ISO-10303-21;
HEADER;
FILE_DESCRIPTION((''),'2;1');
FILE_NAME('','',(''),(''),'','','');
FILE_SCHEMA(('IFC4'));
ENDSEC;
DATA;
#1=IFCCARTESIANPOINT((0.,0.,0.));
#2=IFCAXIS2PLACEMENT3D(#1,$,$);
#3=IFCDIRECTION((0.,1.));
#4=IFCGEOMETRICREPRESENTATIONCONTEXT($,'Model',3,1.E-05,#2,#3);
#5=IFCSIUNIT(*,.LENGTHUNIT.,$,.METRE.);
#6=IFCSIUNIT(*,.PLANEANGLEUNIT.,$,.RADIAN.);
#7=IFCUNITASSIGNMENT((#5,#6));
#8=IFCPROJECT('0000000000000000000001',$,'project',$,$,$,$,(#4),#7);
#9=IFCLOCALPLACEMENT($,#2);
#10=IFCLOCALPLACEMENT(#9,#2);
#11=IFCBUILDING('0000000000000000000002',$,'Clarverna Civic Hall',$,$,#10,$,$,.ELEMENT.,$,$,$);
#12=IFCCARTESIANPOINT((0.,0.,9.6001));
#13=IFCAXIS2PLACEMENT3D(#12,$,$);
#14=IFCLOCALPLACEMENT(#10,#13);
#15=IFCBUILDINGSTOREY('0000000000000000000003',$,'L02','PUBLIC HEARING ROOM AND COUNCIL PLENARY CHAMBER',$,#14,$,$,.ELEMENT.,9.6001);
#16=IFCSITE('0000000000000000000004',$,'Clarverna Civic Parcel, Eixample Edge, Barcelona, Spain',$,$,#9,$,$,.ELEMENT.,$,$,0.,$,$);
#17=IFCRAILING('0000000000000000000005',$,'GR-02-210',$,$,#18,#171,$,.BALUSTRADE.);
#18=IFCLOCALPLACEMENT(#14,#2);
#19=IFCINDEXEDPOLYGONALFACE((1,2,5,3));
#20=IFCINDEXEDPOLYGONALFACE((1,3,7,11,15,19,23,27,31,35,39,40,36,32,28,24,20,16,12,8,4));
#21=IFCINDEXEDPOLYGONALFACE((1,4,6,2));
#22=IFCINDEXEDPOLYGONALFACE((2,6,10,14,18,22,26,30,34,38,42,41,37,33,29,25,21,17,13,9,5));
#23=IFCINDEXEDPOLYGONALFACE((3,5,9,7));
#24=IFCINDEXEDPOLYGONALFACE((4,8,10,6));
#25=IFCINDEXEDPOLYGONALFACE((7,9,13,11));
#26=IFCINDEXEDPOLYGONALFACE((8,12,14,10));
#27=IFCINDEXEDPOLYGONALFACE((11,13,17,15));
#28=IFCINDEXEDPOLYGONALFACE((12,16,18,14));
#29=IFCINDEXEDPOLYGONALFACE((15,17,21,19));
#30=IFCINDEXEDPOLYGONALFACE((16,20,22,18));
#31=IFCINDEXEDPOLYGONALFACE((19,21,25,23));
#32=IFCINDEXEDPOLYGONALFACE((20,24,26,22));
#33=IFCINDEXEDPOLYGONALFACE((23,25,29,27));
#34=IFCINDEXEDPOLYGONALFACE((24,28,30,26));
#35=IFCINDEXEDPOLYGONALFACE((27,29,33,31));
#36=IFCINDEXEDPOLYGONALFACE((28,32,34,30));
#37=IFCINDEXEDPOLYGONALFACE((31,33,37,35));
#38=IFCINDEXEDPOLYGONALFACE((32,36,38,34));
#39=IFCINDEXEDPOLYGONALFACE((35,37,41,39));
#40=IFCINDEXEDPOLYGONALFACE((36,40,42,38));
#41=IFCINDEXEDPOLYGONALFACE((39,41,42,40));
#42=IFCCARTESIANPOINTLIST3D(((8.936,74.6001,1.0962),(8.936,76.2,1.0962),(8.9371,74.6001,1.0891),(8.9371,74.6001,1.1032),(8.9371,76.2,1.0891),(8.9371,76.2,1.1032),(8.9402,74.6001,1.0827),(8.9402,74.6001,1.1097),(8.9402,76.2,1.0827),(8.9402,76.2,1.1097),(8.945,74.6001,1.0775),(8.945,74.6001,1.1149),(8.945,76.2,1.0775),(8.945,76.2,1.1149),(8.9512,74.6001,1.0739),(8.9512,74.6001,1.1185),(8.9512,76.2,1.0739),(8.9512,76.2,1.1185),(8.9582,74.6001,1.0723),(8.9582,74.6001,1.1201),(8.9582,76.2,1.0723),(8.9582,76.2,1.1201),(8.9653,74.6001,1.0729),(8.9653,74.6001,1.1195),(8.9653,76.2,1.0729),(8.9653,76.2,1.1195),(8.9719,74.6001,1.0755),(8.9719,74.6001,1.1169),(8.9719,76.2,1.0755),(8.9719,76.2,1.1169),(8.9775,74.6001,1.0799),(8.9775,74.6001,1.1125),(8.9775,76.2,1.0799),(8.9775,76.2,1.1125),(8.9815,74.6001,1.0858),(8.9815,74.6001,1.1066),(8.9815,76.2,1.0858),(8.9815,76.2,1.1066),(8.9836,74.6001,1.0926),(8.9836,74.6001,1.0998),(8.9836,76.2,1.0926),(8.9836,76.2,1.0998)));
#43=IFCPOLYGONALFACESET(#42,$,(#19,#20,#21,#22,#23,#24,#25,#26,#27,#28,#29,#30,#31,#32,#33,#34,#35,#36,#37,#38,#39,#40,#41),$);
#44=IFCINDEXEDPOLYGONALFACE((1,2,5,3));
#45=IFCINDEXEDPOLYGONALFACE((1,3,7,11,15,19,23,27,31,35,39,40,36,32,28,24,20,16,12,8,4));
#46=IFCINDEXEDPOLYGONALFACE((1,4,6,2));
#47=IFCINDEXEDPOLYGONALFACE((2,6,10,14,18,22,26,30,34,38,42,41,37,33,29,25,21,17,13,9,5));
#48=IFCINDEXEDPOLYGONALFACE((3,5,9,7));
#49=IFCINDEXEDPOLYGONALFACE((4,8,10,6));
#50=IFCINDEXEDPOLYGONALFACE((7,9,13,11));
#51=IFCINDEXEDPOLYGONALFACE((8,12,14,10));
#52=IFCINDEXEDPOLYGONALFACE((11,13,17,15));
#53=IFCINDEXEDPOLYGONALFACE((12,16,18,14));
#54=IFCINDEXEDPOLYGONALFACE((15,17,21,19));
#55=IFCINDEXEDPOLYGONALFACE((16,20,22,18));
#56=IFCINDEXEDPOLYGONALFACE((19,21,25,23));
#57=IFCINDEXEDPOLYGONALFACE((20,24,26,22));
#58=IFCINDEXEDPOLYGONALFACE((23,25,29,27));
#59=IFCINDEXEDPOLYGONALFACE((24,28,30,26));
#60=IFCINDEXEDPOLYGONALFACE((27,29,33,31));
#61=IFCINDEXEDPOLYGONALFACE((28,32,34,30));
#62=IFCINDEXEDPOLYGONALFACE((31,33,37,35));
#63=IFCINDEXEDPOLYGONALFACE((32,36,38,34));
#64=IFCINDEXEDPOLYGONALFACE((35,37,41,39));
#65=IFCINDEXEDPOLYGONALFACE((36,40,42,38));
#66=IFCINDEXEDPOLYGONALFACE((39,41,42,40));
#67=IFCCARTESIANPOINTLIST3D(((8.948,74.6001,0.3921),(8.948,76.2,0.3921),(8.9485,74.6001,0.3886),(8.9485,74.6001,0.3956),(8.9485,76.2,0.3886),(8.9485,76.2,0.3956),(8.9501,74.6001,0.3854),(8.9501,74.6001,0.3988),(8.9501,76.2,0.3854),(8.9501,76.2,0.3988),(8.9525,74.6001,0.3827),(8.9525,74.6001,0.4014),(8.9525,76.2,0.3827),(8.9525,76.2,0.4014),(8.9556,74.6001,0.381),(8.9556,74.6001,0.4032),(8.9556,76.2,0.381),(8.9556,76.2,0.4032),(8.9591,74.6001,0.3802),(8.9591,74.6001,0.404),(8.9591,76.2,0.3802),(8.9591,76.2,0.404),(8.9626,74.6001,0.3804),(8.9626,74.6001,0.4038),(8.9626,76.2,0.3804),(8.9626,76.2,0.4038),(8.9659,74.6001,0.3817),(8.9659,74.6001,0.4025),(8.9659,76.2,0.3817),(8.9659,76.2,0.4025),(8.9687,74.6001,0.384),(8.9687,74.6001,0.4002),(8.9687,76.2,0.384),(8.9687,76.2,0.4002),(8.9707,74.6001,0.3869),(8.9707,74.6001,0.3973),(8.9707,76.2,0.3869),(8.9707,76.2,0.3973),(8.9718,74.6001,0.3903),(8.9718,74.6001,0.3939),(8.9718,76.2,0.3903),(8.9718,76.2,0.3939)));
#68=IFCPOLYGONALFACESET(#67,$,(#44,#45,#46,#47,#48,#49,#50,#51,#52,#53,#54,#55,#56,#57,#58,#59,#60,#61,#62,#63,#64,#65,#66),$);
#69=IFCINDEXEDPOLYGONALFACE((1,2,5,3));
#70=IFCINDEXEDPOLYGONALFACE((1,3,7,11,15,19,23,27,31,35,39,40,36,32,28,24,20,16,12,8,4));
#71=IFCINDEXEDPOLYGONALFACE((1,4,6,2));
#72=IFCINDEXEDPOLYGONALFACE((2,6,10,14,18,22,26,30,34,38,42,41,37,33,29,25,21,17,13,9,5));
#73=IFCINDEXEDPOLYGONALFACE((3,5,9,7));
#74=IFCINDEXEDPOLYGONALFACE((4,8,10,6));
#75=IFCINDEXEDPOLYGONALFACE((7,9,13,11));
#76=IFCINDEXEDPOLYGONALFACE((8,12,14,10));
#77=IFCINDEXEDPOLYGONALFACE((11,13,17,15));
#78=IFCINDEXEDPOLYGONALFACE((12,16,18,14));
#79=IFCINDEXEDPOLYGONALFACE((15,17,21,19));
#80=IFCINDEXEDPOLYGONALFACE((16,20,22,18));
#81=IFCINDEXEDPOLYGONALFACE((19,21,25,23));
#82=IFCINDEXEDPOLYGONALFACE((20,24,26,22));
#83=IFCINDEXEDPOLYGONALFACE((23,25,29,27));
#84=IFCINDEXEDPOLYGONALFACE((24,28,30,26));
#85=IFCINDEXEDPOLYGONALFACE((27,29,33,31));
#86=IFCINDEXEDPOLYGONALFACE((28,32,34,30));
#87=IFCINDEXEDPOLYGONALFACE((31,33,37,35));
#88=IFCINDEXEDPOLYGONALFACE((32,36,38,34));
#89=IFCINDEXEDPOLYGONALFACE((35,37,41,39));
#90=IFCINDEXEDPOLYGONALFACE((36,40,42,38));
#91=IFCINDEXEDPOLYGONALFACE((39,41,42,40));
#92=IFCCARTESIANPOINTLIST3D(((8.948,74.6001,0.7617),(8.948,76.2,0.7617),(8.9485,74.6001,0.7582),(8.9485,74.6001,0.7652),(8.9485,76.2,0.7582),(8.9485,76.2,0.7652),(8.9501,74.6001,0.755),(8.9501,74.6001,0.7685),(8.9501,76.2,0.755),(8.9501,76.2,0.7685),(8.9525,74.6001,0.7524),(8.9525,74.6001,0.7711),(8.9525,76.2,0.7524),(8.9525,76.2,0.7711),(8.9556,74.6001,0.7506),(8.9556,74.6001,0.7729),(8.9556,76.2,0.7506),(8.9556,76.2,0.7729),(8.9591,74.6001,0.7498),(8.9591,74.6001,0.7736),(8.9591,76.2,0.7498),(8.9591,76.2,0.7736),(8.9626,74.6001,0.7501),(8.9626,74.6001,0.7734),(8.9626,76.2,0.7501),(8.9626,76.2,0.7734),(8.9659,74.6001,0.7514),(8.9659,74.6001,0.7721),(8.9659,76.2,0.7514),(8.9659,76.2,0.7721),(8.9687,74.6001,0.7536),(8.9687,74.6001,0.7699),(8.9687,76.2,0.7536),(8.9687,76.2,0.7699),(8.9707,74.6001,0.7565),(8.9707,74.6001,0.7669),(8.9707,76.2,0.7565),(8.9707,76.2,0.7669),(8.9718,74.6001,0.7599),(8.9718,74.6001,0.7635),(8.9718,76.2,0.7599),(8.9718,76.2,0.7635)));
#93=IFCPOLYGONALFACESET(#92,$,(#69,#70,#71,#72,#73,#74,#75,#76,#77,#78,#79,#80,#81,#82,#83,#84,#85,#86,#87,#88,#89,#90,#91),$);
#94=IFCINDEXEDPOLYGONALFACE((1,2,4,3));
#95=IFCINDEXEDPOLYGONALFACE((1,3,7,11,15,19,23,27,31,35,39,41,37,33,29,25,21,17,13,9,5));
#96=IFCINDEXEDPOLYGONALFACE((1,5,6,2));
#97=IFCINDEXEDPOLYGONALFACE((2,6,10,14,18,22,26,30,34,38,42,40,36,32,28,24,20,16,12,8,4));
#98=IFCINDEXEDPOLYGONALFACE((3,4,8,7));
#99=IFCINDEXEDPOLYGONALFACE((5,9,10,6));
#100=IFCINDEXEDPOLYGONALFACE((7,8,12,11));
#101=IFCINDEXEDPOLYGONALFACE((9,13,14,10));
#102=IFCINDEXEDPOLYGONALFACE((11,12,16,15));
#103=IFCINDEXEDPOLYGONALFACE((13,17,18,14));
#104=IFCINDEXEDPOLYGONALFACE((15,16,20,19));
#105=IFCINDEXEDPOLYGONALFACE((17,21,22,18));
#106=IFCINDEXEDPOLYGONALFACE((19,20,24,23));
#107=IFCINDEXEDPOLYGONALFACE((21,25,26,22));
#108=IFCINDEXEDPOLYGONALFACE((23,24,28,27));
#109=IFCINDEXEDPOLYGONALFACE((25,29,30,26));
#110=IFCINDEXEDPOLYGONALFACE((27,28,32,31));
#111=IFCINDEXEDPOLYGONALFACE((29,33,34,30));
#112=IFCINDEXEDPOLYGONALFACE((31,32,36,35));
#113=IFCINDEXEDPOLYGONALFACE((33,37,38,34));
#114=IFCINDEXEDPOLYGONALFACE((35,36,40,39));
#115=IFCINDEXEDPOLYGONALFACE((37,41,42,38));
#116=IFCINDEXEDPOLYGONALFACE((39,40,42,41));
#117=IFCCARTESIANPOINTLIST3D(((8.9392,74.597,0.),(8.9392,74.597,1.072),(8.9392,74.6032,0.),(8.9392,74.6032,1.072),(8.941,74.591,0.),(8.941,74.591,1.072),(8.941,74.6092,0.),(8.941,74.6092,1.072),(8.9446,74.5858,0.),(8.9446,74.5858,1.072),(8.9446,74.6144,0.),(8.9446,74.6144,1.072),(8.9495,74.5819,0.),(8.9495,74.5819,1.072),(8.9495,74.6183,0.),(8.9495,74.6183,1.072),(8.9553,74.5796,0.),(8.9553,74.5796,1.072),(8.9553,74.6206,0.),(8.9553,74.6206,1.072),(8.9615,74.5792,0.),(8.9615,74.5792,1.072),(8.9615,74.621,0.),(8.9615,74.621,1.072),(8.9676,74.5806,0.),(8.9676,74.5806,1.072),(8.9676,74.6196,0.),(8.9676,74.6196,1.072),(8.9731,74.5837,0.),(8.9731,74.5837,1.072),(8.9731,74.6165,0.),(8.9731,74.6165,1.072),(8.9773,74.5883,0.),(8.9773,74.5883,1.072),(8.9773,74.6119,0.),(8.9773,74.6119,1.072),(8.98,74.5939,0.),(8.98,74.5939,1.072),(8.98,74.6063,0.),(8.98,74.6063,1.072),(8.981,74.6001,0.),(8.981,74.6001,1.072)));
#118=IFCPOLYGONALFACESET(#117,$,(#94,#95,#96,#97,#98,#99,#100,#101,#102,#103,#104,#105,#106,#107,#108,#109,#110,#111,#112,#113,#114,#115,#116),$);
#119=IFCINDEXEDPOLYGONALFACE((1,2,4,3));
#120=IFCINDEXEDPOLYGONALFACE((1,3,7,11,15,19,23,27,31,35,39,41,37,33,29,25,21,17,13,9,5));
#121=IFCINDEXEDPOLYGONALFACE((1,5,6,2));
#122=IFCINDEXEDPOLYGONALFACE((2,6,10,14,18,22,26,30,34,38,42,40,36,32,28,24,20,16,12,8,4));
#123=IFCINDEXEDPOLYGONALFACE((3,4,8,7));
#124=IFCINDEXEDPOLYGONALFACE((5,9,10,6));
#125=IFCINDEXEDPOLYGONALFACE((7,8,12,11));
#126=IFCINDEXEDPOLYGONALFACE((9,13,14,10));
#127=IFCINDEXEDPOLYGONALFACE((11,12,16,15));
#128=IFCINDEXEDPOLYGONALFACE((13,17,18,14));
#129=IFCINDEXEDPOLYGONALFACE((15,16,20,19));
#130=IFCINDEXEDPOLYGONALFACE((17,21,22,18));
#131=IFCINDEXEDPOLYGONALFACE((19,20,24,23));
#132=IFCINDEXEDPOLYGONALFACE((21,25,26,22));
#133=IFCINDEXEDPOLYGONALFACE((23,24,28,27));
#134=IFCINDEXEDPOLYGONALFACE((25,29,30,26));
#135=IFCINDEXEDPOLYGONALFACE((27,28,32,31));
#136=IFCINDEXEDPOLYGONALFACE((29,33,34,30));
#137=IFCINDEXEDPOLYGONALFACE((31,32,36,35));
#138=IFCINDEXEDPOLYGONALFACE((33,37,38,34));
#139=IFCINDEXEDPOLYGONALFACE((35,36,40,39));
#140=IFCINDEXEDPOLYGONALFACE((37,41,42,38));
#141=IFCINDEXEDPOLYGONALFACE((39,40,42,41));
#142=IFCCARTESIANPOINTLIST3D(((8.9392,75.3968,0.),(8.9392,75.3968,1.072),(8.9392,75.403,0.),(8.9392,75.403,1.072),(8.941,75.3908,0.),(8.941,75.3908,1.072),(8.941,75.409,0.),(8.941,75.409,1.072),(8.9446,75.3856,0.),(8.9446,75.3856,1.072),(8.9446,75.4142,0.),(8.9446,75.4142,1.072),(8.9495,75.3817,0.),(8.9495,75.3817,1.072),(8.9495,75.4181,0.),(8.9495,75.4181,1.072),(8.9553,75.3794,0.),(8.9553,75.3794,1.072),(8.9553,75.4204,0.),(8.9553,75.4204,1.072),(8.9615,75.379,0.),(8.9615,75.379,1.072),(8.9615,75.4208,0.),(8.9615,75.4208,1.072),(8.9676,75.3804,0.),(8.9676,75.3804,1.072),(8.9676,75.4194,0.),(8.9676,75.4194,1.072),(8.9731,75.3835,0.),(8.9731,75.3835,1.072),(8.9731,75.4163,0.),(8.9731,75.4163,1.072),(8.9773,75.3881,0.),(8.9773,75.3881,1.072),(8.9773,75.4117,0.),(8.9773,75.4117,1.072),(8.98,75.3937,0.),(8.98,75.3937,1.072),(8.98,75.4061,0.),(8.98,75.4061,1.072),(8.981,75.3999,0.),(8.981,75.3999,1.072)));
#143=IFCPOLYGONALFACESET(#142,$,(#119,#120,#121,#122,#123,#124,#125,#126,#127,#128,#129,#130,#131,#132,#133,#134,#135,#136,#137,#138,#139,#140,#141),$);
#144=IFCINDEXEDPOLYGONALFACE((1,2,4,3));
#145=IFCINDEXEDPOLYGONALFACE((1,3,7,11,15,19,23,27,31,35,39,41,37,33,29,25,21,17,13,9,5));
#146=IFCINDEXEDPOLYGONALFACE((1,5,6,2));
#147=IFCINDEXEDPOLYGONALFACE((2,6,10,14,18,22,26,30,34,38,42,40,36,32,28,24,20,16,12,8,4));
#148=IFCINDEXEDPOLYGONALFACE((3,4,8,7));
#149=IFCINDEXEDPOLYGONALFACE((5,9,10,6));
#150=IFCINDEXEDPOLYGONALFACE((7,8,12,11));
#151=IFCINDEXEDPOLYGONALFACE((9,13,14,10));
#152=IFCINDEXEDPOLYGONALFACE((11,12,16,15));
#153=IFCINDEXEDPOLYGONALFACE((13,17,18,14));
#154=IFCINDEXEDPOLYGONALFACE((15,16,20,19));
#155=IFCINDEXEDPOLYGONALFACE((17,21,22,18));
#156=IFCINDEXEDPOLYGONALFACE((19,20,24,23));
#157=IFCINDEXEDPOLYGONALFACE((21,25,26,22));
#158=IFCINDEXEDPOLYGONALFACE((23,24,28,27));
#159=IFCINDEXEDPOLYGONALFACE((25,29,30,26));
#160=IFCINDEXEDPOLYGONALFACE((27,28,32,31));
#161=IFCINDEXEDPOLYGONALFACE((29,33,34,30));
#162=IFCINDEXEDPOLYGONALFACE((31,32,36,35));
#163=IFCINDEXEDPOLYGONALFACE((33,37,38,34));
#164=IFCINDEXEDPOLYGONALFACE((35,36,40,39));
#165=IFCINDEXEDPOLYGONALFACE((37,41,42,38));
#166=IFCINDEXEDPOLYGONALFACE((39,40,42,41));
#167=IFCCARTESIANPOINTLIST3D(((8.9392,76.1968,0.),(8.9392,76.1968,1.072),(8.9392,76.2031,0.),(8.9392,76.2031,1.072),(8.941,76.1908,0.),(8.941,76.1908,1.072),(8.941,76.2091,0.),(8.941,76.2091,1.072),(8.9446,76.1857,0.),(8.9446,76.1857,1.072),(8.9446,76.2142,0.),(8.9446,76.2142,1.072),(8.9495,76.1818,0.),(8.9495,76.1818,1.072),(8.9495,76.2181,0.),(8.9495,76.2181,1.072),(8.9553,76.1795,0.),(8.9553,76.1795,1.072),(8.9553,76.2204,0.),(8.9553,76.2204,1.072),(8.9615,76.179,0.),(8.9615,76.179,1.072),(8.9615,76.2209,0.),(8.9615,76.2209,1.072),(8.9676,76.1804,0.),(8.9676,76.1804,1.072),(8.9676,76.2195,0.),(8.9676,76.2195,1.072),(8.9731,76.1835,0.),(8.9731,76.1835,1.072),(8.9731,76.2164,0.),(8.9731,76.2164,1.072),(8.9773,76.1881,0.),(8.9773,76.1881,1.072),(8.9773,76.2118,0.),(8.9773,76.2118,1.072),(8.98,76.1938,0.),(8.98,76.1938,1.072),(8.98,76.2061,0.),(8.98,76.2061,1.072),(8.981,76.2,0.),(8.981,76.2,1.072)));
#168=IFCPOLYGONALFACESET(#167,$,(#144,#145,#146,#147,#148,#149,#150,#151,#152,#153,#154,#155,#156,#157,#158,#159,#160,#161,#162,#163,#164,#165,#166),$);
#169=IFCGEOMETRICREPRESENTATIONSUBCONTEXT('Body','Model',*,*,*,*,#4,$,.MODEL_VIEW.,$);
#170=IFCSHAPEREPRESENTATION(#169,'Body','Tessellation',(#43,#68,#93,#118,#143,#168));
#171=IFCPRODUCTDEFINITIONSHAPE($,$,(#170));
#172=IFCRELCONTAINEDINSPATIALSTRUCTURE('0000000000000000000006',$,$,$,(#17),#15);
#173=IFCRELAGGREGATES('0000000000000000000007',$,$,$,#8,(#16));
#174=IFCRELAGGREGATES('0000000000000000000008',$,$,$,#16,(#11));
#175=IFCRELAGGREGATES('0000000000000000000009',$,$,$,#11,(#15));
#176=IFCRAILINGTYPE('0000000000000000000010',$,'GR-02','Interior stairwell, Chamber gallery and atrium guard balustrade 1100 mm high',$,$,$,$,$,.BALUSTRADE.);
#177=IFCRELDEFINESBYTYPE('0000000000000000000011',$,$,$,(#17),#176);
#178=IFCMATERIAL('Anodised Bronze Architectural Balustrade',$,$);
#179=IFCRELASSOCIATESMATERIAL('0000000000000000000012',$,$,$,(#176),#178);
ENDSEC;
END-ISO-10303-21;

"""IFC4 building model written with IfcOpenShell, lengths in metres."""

from ifc_helpers import new_model, si_unit, direction, frame, origin, origin_2d, place, context, subcontext, project, spatial, circle, extrude, material, type_object, element, save


model = new_model("IFC4")

# Units and contexts
model_context = context("Model", 3, precision=1e-05, world=origin(), true_north=direction((0.0, 1.0)))
body_context = subcontext(model_context, "Body", "Model", "MODEL_VIEW")
ifc_project = project(units=[si_unit("LENGTHUNIT", "METRE"), si_unit("PLANEANGLEUNIT", "RADIAN")], contexts=[model_context])

# Site, building, storey
site_placement = place(None, origin())
site = spatial("IfcSite", under=ifc_project, at=site_placement, Name="Clarverna Civic Parcel, Eixample Edge, Barcelona, Spain", CompositionType="ELEMENT", RefElevation=0.0)
building_placement = place(site_placement, origin())
building = spatial("IfcBuilding", under=site, at=building_placement, Name="Clarverna Civic Hall", CompositionType="ELEMENT")
storey_placement = place(building_placement, frame((0.0, 0.0, 9.6001)))
storey = spatial("IfcBuildingStorey", under=building, at=storey_placement, Name="L02", Description="PUBLIC HEARING ROOM AND COUNCIL PLENARY CHAMBER", CompositionType="ELEMENT", Elevation=9.6001)

# Railing
ifc_material_1 = material(Name="Anodised Bronze Architectural Balustrade")
railing_type_1 = type_object("IfcRailingType", Name="GR-02", Description="Interior stairwell, Chamber gallery and atrium guard balustrade 1100 mm high", PredefinedType="BALUSTRADE", material=ifc_material_1)
railing_1_placement = place(storey_placement, frame((8.96, 74.6001, 0.0)))
element("IfcRailing", 1, at=railing_1_placement, inside=storey, type_object=railing_type_1, Name="GR-02-210", PredefinedType="BALUSTRADE", context=body_context, shape_type="SweptSolid", body=[
    extrude(circle(Radius=0.0239, at=origin_2d()), frame((0.0, 0.0, 1.0962), z_axis=(0.0, 1.0, 0.0), x_axis=(-1.0, 0.0, 0.0)), (0.0, 0.0, 1.0), 1.5999),
    extrude(circle(Radius=0.012, at=origin_2d()), frame((0.0, 0.0, 0.3921), z_axis=(0.0, 1.0, 0.0), x_axis=(-1.0, 0.0, 0.0)), (0.0, 0.0, 1.0), 1.5999),
    extrude(circle(Radius=0.012, at=origin_2d()), frame((0.0, 0.0, 0.7617), z_axis=(0.0, 1.0, 0.0), x_axis=(-1.0, 0.0, 0.0)), (0.0, 0.0, 1.0), 1.5999),
    extrude(circle(Radius=0.021, at=origin_2d()), origin(), (0.0, 0.0, 1.0), 1.072),
    extrude(circle(Radius=0.021, at=origin_2d()), frame((0.0, 0.7998, 0.0)), (0.0, 0.0, 1.0), 1.072),
    extrude(circle(Radius=0.021, at=origin_2d()), frame((0.0, 1.5999, 0.0)), (0.0, 0.0, 1.0), 1.072),
])

save(model, "model.ifc")
